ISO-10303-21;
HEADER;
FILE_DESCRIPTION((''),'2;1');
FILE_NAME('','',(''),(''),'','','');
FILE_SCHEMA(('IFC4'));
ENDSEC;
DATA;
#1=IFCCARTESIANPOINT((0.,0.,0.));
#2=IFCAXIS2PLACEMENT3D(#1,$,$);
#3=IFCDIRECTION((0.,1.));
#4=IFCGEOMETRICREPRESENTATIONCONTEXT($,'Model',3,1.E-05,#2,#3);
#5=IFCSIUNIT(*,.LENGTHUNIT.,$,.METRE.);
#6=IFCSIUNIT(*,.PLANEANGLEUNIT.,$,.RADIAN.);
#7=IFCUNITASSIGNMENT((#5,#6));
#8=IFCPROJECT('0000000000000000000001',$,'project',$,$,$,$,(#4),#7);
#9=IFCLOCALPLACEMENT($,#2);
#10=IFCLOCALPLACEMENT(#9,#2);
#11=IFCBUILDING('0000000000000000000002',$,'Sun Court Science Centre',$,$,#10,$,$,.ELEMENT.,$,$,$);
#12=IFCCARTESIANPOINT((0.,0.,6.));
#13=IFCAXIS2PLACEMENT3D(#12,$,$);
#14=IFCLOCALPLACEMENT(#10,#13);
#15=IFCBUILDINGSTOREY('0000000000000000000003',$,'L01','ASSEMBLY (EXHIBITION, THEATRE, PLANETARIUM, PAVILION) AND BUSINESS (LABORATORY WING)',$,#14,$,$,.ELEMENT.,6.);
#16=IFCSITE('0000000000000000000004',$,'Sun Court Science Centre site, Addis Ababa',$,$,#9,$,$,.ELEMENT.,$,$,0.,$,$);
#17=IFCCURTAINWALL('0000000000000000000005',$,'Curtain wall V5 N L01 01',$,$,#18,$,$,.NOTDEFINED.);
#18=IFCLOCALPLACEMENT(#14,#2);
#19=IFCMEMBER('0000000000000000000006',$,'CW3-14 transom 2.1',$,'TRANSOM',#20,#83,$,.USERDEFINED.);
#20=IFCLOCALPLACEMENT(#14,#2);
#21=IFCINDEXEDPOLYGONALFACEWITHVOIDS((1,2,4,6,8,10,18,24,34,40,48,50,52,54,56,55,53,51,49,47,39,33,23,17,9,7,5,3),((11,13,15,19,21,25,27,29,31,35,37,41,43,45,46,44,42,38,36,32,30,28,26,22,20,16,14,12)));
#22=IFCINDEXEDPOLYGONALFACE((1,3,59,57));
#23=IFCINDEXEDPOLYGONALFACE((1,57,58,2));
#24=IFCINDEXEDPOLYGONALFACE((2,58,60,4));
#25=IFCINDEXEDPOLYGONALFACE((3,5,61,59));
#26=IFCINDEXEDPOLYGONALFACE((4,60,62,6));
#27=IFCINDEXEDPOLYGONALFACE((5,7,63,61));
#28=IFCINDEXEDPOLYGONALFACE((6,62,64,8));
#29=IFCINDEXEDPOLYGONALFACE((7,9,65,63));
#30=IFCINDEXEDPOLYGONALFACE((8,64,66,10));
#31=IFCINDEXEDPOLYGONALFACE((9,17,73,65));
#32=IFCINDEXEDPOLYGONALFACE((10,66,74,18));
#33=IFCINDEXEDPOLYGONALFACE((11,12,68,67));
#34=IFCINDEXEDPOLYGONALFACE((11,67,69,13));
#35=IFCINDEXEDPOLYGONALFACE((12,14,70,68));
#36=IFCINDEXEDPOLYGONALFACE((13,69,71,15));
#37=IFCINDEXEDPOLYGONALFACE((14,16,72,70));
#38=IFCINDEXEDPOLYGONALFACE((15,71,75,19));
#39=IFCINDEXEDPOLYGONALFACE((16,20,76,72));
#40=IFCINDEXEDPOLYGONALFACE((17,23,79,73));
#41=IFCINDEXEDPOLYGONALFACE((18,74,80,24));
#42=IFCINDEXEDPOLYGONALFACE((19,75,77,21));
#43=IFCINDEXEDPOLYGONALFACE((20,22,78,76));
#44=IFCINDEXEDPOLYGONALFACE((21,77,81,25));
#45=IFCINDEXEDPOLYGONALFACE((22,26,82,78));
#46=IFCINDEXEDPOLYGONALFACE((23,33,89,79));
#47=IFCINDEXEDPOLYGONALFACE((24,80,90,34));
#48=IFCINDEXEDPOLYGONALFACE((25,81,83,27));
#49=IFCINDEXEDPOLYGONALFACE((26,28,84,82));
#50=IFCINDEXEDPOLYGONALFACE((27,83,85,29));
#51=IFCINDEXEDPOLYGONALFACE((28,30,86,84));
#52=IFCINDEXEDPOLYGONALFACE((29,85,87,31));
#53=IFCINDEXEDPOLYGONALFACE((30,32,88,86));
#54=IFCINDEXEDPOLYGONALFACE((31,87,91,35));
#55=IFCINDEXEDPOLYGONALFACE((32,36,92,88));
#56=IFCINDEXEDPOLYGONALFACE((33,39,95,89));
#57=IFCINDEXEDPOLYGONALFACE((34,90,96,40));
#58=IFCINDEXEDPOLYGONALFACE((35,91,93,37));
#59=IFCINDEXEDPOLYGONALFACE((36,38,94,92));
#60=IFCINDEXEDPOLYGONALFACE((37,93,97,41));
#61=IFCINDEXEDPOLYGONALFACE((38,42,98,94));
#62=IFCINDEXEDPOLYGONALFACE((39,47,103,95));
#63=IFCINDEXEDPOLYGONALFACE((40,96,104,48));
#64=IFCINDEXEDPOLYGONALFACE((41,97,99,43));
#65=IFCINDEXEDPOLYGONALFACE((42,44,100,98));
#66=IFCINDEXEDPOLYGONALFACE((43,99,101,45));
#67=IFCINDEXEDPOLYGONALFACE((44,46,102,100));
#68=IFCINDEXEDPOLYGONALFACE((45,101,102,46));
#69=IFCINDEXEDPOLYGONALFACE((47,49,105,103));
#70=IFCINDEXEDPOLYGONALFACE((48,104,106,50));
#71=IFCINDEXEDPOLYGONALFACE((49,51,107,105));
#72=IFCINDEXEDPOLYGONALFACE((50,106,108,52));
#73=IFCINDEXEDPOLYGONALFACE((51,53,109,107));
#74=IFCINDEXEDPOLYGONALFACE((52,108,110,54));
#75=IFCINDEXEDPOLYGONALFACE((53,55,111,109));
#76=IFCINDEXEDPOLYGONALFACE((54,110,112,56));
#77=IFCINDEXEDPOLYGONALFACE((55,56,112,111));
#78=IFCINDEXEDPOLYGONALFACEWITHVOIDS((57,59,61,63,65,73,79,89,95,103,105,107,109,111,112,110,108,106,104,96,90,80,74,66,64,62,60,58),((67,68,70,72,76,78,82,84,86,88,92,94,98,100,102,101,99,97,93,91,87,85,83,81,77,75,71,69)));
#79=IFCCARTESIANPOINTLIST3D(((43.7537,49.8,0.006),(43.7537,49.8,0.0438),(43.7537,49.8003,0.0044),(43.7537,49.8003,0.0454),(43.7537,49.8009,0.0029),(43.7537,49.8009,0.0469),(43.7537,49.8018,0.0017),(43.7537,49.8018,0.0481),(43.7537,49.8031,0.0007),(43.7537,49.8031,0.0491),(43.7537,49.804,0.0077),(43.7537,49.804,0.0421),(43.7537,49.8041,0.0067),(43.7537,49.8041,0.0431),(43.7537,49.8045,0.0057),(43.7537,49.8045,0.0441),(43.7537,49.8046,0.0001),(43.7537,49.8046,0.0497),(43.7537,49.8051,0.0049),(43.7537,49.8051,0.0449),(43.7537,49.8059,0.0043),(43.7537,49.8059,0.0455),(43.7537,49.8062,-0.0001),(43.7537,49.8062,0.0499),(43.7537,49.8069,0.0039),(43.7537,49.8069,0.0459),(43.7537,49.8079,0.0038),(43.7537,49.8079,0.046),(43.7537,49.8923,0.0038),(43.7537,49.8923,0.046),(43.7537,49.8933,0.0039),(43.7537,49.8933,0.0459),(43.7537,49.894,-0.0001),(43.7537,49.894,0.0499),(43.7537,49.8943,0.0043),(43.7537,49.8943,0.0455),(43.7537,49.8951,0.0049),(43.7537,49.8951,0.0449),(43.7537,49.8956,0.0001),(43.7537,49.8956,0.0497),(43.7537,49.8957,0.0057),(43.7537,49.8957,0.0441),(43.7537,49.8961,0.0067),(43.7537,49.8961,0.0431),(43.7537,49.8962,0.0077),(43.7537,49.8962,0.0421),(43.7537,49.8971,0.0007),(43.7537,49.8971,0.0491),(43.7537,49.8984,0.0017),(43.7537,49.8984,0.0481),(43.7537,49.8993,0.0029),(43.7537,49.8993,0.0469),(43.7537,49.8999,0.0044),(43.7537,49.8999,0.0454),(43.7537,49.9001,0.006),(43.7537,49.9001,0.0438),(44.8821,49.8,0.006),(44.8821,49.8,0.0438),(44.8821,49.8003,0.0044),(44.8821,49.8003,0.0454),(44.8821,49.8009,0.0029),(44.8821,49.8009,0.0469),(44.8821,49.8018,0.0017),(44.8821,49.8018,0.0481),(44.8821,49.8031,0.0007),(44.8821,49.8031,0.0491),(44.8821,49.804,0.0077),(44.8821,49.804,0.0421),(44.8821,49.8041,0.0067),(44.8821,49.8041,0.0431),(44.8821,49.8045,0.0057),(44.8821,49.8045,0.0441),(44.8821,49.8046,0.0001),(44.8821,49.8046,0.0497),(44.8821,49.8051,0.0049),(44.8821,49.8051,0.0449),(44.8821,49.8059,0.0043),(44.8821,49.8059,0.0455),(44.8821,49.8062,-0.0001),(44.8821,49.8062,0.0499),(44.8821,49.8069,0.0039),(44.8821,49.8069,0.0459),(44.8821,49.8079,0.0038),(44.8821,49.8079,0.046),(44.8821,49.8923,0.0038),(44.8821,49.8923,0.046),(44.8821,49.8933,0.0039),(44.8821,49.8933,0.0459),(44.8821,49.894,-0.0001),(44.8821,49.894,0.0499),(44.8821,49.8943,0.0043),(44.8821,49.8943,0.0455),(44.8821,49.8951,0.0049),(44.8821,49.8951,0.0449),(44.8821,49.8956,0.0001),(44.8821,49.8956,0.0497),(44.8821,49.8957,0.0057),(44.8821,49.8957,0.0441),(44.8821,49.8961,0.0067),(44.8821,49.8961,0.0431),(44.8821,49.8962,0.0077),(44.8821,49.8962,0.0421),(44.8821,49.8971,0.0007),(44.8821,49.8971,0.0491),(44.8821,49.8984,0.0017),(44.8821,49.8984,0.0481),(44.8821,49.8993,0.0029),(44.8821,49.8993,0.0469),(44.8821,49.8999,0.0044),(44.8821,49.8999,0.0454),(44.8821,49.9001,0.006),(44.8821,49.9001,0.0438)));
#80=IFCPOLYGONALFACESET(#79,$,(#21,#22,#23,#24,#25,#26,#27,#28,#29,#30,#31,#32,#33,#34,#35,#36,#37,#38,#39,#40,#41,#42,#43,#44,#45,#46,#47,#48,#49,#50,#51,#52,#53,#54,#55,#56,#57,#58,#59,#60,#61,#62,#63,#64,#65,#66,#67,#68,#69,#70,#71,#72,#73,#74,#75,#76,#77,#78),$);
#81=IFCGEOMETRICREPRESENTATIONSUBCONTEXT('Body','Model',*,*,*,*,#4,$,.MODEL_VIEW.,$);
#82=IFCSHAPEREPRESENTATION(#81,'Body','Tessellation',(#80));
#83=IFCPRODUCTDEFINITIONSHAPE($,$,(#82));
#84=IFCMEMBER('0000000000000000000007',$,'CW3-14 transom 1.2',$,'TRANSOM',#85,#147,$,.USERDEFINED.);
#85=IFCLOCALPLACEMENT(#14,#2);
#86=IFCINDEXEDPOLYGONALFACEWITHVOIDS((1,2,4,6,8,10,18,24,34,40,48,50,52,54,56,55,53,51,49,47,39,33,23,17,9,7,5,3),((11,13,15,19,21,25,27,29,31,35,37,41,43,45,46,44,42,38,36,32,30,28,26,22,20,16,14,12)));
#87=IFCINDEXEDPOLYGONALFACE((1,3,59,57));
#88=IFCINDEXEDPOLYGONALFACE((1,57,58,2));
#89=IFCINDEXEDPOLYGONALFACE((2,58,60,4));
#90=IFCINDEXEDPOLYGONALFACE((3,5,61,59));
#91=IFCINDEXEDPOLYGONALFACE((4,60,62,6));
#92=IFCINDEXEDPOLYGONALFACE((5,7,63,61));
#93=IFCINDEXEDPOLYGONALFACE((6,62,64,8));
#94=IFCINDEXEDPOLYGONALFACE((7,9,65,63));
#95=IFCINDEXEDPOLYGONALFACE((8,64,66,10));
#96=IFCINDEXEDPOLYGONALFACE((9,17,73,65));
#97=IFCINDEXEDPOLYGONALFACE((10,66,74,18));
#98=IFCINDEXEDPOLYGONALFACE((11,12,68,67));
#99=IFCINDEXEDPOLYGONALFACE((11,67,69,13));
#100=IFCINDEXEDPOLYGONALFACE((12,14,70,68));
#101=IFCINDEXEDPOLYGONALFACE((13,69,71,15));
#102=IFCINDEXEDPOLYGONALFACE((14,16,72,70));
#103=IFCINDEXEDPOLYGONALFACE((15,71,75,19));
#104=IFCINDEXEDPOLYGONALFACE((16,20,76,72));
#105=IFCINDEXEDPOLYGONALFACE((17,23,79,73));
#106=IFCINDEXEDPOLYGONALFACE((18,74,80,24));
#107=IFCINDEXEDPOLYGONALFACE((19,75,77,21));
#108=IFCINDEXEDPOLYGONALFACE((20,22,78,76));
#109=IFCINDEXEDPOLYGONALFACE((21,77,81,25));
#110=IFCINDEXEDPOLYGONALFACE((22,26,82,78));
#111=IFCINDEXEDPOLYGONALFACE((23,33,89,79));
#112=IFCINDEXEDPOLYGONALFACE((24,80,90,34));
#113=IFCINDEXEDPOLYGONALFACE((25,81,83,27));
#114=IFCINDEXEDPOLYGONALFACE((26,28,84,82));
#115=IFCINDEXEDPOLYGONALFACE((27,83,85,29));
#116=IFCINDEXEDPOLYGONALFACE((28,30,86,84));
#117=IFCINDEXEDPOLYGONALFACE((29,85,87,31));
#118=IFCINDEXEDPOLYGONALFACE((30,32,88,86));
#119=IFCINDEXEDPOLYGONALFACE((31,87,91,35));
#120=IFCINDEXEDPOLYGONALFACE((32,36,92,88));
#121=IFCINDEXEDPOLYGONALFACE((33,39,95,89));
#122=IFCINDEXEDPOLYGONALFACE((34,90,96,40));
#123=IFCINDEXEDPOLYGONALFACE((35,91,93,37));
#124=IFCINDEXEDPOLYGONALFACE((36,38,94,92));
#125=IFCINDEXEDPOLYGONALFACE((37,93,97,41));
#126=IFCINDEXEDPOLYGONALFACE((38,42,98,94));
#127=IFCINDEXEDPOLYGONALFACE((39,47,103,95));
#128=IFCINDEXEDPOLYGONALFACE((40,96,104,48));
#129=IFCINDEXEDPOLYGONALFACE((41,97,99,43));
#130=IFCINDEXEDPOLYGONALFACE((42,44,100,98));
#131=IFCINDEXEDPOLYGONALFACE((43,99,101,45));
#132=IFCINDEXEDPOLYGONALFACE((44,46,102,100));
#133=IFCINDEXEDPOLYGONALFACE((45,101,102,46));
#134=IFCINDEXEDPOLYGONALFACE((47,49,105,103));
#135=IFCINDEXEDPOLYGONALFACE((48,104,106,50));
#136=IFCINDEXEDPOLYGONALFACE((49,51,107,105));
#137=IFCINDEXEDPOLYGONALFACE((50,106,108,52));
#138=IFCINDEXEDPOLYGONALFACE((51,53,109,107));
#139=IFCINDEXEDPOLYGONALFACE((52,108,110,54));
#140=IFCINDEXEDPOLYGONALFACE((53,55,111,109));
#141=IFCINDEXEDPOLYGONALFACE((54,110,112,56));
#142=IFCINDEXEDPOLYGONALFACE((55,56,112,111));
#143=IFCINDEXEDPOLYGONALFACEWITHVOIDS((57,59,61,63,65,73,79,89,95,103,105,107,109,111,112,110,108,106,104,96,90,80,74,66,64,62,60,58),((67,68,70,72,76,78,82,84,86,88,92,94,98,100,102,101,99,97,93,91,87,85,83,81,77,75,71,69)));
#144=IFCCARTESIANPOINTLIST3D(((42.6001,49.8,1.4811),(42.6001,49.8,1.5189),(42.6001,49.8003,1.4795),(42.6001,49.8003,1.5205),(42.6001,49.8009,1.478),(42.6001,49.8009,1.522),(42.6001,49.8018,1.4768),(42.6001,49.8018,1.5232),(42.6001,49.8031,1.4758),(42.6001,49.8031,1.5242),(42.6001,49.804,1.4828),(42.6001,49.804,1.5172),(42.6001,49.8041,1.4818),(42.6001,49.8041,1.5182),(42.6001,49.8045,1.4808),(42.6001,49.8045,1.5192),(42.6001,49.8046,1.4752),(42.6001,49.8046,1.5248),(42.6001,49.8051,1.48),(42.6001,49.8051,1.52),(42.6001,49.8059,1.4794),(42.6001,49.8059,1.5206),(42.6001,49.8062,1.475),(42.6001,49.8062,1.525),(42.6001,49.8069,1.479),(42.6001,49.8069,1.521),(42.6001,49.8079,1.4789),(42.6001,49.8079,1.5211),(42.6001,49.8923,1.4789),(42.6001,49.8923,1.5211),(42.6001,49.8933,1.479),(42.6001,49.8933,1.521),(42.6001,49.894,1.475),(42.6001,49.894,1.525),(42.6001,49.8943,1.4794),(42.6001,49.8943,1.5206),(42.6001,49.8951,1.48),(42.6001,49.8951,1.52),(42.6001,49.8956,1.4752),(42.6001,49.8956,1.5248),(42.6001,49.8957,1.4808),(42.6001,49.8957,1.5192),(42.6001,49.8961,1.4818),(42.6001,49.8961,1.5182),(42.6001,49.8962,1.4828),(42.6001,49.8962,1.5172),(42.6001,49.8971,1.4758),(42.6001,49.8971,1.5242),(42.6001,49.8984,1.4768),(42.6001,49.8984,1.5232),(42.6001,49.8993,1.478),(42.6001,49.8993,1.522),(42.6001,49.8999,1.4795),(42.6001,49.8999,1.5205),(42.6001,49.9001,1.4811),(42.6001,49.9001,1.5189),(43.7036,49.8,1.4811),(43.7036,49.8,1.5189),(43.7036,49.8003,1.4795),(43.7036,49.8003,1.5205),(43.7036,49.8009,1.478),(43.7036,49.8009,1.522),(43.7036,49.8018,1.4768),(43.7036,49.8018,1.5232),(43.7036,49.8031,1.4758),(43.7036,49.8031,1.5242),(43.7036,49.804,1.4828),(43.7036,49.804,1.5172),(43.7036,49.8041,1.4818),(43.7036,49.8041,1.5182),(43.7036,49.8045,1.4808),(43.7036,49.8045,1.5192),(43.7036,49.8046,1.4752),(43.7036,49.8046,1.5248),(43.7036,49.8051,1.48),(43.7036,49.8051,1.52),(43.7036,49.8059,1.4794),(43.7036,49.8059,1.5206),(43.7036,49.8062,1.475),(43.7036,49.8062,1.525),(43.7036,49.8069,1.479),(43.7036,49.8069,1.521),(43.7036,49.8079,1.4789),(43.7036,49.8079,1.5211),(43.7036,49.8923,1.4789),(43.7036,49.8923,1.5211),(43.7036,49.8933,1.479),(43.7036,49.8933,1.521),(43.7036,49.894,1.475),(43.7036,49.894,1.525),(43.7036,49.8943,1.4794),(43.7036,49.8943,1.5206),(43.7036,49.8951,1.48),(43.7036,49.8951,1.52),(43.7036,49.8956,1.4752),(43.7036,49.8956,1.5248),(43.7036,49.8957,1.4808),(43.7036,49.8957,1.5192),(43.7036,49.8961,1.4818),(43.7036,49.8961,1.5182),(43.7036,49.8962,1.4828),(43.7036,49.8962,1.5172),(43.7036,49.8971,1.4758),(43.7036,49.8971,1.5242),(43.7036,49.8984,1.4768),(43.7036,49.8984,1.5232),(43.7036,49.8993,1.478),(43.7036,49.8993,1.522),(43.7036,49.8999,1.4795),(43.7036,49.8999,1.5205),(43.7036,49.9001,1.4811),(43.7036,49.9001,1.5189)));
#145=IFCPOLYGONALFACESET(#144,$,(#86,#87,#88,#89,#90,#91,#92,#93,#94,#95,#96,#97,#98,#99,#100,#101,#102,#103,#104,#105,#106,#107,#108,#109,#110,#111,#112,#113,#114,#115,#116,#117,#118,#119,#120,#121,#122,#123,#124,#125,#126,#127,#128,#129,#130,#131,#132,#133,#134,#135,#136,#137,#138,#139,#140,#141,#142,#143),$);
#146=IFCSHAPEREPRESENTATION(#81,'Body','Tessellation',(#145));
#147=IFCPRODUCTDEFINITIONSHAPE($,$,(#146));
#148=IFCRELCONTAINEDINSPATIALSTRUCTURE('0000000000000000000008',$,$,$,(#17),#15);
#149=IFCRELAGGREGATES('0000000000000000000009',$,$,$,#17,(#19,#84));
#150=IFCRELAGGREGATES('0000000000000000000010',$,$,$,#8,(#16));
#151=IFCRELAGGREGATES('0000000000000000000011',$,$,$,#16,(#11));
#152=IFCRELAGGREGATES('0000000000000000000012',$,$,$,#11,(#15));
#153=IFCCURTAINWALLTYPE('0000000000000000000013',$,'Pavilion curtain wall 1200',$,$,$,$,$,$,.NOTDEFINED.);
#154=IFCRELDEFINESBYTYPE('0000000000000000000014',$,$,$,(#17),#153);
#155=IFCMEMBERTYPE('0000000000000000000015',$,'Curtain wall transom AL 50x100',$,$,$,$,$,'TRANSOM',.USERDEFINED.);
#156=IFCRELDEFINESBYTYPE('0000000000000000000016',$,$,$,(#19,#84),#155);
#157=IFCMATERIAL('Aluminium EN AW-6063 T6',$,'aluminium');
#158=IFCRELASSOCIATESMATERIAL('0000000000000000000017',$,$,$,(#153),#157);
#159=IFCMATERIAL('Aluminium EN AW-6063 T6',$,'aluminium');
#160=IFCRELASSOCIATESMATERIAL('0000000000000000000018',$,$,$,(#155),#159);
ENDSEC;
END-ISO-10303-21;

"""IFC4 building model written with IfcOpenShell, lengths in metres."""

from ifc_helpers import new_model, si_unit, direction, frame, origin, origin_2d, place, context, subcontext, project, spatial, hollow_rectangle, extrude, material, material_profile, profile_set, type_object, element, aggregate, save


model = new_model("IFC4")

# Units and contexts
model_context = context("Model", 3, precision=1e-05, world=origin(), true_north=direction((0.0, 1.0)))
body_context = subcontext(model_context, "Body", "Model", "MODEL_VIEW")
ifc_project = project(units=[si_unit("LENGTHUNIT", "METRE"), si_unit("PLANEANGLEUNIT", "RADIAN")], contexts=[model_context])

# Site, building, storey
site_placement = place(None, origin())
site = spatial("IfcSite", under=ifc_project, at=site_placement, Name="Sun Court Science Centre site, Addis Ababa", CompositionType="ELEMENT", RefElevation=0.0)
building_placement = place(site_placement, origin())
building = spatial("IfcBuilding", under=site, at=building_placement, Name="Sun Court Science Centre", CompositionType="ELEMENT")
storey_placement = place(building_placement, frame((0.0, 0.0, 6.0)))
storey = spatial("IfcBuildingStorey", under=building, at=storey_placement, Name="L01", Description="ASSEMBLY (EXHIBITION, THEATRE, PLANETARIUM, PAVILION) AND BUSINESS (LABORATORY WING)", CompositionType="ELEMENT", Elevation=6.0)

# Curtain wall
ifc_material_1 = material(Name="Aluminium EN AW-6063 T6", Category="aluminium")
curtain_wall_type_1 = type_object("IfcCurtainWallType", Name="Pavilion curtain wall 1200", PredefinedType="NOTDEFINED", material=ifc_material_1)
curtain_wall_1_placement = place(storey_placement, origin())
curtain_wall_1 = element("IfcCurtainWall", 1, at=curtain_wall_1_placement, inside=storey, type_object=curtain_wall_type_1, Name="Curtain wall V5 N L01 01", PredefinedType="NOTDEFINED")

# Members
ifc_material_2 = material(Name="Aluminium EN AW-6063 T6", Category="aluminium")
ifc_material_profile_1 = material_profile(ifc_material_2, hollow_rectangle(XDim=0.05, YDim=0.1001, WallThickness=0.0039, InnerFilletRadius=0.0039, OuterFilletRadius=0.0061, at=origin_2d()), Name="AL 50x100x4")
ifc_profile_set_1 = profile_set([ifc_material_profile_1], Name="Aluminium EN AW-6063 T6")
member_type_1 = type_object("IfcMemberType", Name="Curtain wall transom AL 50x100", ElementType="TRANSOM", PredefinedType="USERDEFINED", material=ifc_profile_set_1)
member_1_placement = place(storey_placement, frame((43.7537, 49.8501, 0.0249), z_axis=(1.0, 0.0, 0.0), x_axis=(0.0, 0.0, 1.0)))
member_1 = element("IfcMember", 2, at=member_1_placement, type_object=member_type_1, Name="CW3-14 transom 2.1", ObjectType="TRANSOM", PredefinedType="USERDEFINED", context=body_context, shape_type="SweptSolid", body=[
    extrude(hollow_rectangle(XDim=0.05, YDim=0.1001, WallThickness=0.0039, InnerFilletRadius=0.0039, OuterFilletRadius=0.0061, at=origin_2d()), origin(), (0.0, 0.0, 1.0), 1.1284),
])
member_2_placement = place(storey_placement, frame((42.6001, 49.8501, 1.5), z_axis=(1.0, 0.0, 0.0), x_axis=(0.0, 0.0, 1.0)))
member_2 = element("IfcMember", 3, at=member_2_placement, type_object=member_type_1, Name="CW3-14 transom 1.2", ObjectType="TRANSOM", PredefinedType="USERDEFINED", context=body_context, shape_type="SweptSolid", body=[
    extrude(hollow_rectangle(XDim=0.05, YDim=0.1001, WallThickness=0.0039, InnerFilletRadius=0.0039, OuterFilletRadius=0.0061, at=origin_2d()), origin(), (0.0, 0.0, 1.0), 1.1035),
])

aggregate(curtain_wall_1, [member_1, member_2])

save(model, "model.ifc")
